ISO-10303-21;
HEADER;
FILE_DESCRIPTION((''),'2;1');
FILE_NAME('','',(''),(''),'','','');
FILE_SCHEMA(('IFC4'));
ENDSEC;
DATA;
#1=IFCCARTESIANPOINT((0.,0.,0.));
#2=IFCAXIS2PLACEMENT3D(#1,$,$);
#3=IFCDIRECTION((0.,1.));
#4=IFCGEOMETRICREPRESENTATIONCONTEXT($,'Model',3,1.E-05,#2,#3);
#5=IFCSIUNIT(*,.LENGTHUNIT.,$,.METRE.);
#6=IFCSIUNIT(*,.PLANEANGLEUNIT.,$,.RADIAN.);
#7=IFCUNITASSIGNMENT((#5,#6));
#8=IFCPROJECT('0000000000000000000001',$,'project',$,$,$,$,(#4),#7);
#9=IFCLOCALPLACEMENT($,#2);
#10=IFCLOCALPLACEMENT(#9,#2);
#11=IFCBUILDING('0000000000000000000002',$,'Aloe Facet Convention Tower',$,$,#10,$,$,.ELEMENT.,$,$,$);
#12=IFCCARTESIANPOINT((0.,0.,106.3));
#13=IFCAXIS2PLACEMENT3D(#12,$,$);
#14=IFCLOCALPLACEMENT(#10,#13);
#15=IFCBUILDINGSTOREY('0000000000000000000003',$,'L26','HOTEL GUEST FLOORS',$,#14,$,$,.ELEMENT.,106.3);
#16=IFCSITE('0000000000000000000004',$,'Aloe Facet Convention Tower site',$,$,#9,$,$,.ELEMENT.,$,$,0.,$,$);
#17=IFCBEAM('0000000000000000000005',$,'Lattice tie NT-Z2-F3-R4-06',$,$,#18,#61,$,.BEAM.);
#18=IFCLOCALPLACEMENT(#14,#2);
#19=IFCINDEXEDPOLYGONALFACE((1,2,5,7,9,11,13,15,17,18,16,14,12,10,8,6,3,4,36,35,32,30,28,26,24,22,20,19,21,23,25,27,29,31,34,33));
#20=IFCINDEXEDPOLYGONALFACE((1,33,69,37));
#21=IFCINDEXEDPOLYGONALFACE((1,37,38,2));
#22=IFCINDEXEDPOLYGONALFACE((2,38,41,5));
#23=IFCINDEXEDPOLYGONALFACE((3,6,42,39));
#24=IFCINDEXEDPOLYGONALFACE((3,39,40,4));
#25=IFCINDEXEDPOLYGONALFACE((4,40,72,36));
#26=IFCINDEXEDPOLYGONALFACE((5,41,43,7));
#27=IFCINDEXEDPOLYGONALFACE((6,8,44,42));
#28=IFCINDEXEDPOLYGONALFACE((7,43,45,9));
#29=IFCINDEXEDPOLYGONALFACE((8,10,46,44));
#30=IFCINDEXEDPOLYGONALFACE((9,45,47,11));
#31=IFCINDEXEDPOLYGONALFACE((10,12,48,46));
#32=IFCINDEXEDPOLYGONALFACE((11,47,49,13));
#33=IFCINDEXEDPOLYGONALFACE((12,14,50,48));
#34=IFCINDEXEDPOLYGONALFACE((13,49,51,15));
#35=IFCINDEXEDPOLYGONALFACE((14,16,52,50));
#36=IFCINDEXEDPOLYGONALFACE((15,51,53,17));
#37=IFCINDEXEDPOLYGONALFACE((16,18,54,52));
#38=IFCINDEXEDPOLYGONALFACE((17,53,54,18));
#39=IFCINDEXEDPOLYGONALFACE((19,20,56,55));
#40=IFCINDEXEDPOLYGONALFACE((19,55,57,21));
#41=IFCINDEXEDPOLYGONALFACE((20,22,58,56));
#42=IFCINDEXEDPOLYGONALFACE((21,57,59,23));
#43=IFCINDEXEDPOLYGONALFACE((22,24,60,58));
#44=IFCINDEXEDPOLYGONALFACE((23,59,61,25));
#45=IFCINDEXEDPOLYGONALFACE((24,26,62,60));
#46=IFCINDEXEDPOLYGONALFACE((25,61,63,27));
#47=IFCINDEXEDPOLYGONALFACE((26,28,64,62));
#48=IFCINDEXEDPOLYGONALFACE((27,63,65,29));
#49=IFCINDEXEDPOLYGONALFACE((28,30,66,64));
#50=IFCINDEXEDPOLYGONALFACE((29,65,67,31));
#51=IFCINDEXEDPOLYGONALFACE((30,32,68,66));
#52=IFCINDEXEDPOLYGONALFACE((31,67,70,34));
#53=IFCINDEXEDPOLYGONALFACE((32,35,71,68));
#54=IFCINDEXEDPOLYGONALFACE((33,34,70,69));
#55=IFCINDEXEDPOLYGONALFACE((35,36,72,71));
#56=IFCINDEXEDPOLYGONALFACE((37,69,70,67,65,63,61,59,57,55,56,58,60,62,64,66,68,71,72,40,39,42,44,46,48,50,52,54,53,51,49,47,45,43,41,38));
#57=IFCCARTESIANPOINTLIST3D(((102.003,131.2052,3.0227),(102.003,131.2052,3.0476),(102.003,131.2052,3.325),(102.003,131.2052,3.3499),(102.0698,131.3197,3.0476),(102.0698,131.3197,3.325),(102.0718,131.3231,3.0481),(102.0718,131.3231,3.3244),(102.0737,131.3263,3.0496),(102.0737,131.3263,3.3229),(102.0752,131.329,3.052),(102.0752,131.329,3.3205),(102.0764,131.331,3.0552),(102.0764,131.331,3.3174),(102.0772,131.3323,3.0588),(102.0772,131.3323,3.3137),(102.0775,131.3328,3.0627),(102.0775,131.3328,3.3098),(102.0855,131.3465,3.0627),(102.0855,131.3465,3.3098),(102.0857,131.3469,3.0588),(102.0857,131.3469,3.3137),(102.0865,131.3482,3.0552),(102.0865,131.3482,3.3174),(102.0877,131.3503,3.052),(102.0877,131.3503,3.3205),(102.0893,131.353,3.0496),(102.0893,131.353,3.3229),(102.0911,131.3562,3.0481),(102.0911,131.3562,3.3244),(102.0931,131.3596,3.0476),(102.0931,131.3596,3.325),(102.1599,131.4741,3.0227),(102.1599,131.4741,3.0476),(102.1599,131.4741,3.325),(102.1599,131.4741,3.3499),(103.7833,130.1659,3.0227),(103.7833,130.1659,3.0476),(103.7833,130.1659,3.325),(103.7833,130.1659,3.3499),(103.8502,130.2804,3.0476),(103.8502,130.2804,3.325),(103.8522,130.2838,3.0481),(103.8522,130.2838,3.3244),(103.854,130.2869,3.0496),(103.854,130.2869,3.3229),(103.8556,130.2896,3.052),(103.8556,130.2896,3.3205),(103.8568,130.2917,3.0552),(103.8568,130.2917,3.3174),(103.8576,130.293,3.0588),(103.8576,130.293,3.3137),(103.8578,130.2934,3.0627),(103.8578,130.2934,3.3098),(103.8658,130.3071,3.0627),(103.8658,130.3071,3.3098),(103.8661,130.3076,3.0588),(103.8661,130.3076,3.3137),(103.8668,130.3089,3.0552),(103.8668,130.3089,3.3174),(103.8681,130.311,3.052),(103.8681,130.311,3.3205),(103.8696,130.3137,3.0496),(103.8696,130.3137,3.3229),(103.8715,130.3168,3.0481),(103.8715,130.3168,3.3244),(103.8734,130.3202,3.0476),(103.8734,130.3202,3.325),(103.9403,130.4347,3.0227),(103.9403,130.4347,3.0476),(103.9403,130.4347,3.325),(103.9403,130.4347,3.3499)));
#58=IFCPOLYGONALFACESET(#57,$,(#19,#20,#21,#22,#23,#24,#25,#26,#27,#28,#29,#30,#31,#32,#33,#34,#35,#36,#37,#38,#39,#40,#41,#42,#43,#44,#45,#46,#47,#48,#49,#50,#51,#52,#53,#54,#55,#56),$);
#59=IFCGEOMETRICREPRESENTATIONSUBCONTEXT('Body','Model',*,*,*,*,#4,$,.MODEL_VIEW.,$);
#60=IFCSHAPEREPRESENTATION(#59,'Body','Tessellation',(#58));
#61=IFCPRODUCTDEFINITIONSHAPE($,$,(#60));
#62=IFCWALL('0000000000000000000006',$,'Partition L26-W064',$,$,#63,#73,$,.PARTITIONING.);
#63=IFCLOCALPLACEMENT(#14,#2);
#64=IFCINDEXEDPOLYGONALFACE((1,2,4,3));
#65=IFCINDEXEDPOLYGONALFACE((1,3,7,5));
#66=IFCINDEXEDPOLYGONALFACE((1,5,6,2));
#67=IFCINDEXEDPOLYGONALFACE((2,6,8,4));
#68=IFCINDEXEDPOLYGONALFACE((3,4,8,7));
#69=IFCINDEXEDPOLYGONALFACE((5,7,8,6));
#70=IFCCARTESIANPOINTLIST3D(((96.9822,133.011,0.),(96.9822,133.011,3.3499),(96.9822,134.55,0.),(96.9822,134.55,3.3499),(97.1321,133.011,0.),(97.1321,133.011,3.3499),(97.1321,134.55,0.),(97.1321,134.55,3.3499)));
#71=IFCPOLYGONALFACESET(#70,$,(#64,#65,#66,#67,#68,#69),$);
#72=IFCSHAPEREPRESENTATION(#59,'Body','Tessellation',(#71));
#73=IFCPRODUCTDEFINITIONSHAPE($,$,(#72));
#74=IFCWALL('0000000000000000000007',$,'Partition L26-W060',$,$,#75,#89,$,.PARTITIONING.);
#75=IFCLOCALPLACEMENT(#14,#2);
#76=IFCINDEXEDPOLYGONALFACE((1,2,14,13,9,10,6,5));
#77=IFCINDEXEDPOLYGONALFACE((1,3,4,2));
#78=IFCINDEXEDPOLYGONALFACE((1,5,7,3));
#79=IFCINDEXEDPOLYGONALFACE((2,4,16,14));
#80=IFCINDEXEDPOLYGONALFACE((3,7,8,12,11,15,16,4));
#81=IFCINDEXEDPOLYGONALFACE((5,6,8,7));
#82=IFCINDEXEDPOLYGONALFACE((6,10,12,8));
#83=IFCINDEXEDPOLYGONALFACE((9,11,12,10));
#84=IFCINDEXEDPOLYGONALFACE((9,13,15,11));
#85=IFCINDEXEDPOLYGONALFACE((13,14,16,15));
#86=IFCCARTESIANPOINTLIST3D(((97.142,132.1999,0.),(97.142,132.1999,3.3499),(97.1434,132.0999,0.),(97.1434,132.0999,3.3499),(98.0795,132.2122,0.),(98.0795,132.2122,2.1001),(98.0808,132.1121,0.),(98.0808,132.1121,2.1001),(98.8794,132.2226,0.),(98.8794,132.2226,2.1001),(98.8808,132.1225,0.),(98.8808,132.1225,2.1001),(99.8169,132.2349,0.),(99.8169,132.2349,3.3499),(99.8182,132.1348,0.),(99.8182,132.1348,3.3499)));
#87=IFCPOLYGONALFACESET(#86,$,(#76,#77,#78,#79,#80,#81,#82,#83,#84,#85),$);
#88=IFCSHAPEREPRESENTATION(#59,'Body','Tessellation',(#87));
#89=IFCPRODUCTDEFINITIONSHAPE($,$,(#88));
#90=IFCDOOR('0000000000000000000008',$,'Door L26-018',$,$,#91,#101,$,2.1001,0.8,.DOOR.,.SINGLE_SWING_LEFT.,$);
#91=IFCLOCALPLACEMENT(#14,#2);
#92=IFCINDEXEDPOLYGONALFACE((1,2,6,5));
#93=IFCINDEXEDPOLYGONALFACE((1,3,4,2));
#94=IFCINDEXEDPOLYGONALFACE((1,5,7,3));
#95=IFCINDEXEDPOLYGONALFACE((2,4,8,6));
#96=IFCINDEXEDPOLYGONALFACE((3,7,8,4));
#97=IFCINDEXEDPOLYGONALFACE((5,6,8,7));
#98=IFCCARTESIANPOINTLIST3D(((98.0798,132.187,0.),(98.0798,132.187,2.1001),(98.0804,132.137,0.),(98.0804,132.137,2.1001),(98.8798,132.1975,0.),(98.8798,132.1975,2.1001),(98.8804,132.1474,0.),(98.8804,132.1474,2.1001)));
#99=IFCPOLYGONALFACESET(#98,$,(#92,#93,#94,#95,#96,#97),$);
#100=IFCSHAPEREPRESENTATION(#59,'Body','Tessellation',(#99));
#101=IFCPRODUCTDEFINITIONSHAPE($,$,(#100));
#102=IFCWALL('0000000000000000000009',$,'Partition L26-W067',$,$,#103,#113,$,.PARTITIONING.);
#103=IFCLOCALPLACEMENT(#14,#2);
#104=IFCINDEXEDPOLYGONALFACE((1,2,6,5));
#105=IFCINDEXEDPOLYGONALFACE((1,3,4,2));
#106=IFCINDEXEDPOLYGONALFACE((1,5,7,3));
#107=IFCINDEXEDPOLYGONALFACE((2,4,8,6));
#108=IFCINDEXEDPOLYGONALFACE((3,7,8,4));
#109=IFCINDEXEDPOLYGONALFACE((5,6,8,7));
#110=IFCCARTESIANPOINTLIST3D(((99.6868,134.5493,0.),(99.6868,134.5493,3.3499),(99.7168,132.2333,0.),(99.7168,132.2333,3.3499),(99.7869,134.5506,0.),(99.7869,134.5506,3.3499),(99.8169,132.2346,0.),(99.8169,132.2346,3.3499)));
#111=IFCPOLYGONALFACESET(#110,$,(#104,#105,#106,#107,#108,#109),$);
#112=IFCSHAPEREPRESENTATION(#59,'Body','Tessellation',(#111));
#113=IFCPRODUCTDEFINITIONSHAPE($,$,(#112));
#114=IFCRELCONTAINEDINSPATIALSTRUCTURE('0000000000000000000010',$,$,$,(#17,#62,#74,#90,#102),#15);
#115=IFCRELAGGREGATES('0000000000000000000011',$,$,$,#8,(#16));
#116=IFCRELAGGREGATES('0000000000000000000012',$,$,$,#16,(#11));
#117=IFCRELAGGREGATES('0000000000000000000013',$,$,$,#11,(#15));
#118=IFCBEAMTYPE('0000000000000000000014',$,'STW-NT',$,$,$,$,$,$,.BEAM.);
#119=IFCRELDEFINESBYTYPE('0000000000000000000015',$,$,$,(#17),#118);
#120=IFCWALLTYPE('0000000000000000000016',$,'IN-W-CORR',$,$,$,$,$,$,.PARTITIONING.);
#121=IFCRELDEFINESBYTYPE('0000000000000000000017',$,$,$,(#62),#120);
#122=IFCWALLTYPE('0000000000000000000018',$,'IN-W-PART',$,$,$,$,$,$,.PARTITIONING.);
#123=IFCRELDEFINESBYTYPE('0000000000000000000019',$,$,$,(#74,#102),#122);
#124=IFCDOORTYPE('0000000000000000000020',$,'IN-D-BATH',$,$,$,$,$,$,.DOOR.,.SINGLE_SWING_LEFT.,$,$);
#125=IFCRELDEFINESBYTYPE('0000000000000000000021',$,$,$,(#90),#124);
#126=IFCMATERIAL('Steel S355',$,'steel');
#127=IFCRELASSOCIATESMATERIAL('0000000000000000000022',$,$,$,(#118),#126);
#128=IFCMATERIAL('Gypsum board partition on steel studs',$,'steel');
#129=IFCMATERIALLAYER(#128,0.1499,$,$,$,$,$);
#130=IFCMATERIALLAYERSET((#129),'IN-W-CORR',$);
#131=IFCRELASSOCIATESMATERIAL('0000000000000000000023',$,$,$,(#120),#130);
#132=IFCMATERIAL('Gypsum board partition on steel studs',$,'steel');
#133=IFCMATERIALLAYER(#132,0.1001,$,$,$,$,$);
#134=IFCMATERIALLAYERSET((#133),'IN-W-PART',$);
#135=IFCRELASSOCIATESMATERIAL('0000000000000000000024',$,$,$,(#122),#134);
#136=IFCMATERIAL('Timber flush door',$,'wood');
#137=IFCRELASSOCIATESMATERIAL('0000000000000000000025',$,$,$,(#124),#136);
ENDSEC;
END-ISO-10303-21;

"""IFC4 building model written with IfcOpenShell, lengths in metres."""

from ifc_helpers import new_model, si_unit, direction, frame, frame_2d, origin, origin_2d, place, context, subcontext, project, spatial, rectangle, i_section, extrude, material, layer, layer_set, material_profile, profile_set, type_object, element, fill, save


model = new_model("IFC4")

# Units and contexts
model_context = context("Model", 3, precision=1e-05, world=origin(), true_north=direction((0.0, 1.0)))
body_context = subcontext(model_context, "Body", "Model", "MODEL_VIEW")
ifc_project = project(units=[si_unit("LENGTHUNIT", "METRE"), si_unit("PLANEANGLEUNIT", "RADIAN")], contexts=[model_context])

# Site, building, storey
site_placement = place(None, origin())
site = spatial("IfcSite", under=ifc_project, at=site_placement, Name="Aloe Facet Convention Tower site", CompositionType="ELEMENT", RefElevation=0.0)
building_placement = place(site_placement, origin())
building = spatial("IfcBuilding", under=site, at=building_placement, Name="Aloe Facet Convention Tower", CompositionType="ELEMENT")
storey_placement = place(building_placement, frame((0.0, 0.0, 106.3)))
storey = spatial("IfcBuildingStorey", under=building, at=storey_placement, Name="L26", Description="HOTEL GUEST FLOORS", CompositionType="ELEMENT", Elevation=106.3)

# Beam
ifc_material_1 = material(Name="Steel S355", Category="steel")
ifc_material_profile_1 = material_profile(ifc_material_1, i_section(OverallWidth=0.3113, OverallDepth=0.3271, WebThickness=0.0159, FlangeThickness=0.0249, FilletRadius=0.0151, at=origin_2d()), Name="UC 305x305x158")
ifc_profile_set_1 = profile_set([ifc_material_profile_1], Name="Steel S355")
beam_type_1 = type_object("IfcBeamType", Name="STW-NT", PredefinedType="BEAM", material=ifc_profile_set_1)
beam_1_placement = place(storey_placement, frame((103.8618, 130.3003, 3.1863), z_axis=(-0.863607, 0.504166, 0.0), x_axis=(-0.504166, -0.863607, 0.0)))
element("IfcBeam", 1, at=beam_1_placement, inside=storey, type_object=beam_type_1, Name="Lattice tie NT-Z2-F3-R4-06", PredefinedType="BEAM", context=body_context, shape_type="SweptSolid", body=[
    extrude(i_section(OverallWidth=0.3113, OverallDepth=0.3271, WebThickness=0.0159, FlangeThickness=0.0249, FilletRadius=0.0151, at=origin_2d()), origin(), (0.0, 0.0, 1.0), 2.0615),
])

# Wall
ifc_material_2 = material(Name="Gypsum board partition on steel studs", Category="steel")
ifc_layer_1 = layer(ifc_material_2, 0.1499)
ifc_layer_set_1 = layer_set([ifc_layer_1], Name="IN-W-CORR")
wall_type_1 = type_object("IfcWallType", Name="IN-W-CORR", PredefinedType="PARTITIONING", material=ifc_layer_set_1)
wall_1_placement = place(storey_placement, frame((97.0571, 133.011, 0.0), z_axis=(0.0, 0.0, 1.0), x_axis=(0.0, 1.0, 0.0)))
element("IfcWall", 2, at=wall_1_placement, inside=storey, type_object=wall_type_1, Name="Partition L26-W064", PredefinedType="PARTITIONING", context=body_context, shape_type="SweptSolid", body=[
    extrude(rectangle(XDim=1.5391, YDim=0.1499, at=frame_2d((0.7695, 0.0))), origin(), (0.0, 0.0, 1.0), 3.3499),
])

# Wall, opening, door
ifc_material_3 = material(Name="Gypsum board partition on steel studs", Category="steel")
ifc_layer_2 = layer(ifc_material_3, 0.1001)
ifc_layer_set_2 = layer_set([ifc_layer_2], Name="IN-W-PART")
wall_type_2 = type_object("IfcWallType", Name="IN-W-PART", PredefinedType="PARTITIONING", material=ifc_layer_set_2)
wall_2_placement = place(storey_placement, frame((97.1428, 132.1499, 0.0), z_axis=(0.0, 0.0, 1.0), x_axis=(0.999915, 0.013051, 0.0)))
wall_2 = element("IfcWall", 3, at=wall_2_placement, inside=storey, type_object=wall_type_2, Name="Partition L26-W060", PredefinedType="PARTITIONING", context=body_context, shape_type="SweptSolid", body=[
    extrude(rectangle(XDim=2.675, YDim=0.1001, at=frame_2d((1.3374, 0.0))), origin(), (0.0, 0.0, 1.0), 3.3499),
])
opening_1_placement = place(wall_2_placement, frame((0.9375, 0.0, 0.0)))
opening_1 = element("IfcOpeningElement", 4, at=opening_1_placement, cuts=wall_2, PredefinedType="OPENING", context=body_context, shape_type="SweptSolid", body=[
    extrude(rectangle(XDim=0.8, YDim=2.1001, at=frame_2d((0.3999, 1.05))), frame((0.0, 0.0601, 0.0), z_axis=(0.0, -1.0, 0.0), x_axis=(1.0, 0.0, 0.0)), (0.0, 0.0, 1.0), 0.1201),
])
ifc_material_4 = material(Name="Timber flush door", Category="wood")
door_type = type_object("IfcDoorType", Name="IN-D-BATH", OperationType="SINGLE_SWING_LEFT", PredefinedType="DOOR", material=ifc_material_4)
door_placement = place(opening_1_placement, origin())
door = element("IfcDoor", 5, at=door_placement, inside=storey, type_object=door_type, Name="Door L26-018", OperationType="SINGLE_SWING_LEFT", OverallHeight=2.1001, OverallWidth=0.8, PredefinedType="DOOR", context=body_context, shape_type="SweptSolid", body=[
    extrude(rectangle(XDim=0.8, YDim=2.1001, at=frame_2d((0.3999, 1.05))), frame((0.0, 0.0249, 0.0), z_axis=(0.0, -1.0, 0.0), x_axis=(1.0, 0.0, 0.0)), (0.0, 0.0, 1.0), 0.05),
])
fill(opening_1, door)

# Wall
wall_3_placement = place(storey_placement, frame((99.7368, 134.55, 0.0), z_axis=(0.0, 0.0, 1.0), x_axis=(0.012965, -0.999916, 0.0)))
element("IfcWall", 6, at=wall_3_placement, inside=storey, type_object=wall_type_2, Name="Partition L26-W067", PredefinedType="PARTITIONING", context=body_context, shape_type="SweptSolid", body=[
    extrude(rectangle(XDim=2.3162, YDim=0.1001, at=frame_2d((1.1582, 0.0))), origin(), (0.0, 0.0, 1.0), 3.3499),
])

save(model, "model.ifc")
